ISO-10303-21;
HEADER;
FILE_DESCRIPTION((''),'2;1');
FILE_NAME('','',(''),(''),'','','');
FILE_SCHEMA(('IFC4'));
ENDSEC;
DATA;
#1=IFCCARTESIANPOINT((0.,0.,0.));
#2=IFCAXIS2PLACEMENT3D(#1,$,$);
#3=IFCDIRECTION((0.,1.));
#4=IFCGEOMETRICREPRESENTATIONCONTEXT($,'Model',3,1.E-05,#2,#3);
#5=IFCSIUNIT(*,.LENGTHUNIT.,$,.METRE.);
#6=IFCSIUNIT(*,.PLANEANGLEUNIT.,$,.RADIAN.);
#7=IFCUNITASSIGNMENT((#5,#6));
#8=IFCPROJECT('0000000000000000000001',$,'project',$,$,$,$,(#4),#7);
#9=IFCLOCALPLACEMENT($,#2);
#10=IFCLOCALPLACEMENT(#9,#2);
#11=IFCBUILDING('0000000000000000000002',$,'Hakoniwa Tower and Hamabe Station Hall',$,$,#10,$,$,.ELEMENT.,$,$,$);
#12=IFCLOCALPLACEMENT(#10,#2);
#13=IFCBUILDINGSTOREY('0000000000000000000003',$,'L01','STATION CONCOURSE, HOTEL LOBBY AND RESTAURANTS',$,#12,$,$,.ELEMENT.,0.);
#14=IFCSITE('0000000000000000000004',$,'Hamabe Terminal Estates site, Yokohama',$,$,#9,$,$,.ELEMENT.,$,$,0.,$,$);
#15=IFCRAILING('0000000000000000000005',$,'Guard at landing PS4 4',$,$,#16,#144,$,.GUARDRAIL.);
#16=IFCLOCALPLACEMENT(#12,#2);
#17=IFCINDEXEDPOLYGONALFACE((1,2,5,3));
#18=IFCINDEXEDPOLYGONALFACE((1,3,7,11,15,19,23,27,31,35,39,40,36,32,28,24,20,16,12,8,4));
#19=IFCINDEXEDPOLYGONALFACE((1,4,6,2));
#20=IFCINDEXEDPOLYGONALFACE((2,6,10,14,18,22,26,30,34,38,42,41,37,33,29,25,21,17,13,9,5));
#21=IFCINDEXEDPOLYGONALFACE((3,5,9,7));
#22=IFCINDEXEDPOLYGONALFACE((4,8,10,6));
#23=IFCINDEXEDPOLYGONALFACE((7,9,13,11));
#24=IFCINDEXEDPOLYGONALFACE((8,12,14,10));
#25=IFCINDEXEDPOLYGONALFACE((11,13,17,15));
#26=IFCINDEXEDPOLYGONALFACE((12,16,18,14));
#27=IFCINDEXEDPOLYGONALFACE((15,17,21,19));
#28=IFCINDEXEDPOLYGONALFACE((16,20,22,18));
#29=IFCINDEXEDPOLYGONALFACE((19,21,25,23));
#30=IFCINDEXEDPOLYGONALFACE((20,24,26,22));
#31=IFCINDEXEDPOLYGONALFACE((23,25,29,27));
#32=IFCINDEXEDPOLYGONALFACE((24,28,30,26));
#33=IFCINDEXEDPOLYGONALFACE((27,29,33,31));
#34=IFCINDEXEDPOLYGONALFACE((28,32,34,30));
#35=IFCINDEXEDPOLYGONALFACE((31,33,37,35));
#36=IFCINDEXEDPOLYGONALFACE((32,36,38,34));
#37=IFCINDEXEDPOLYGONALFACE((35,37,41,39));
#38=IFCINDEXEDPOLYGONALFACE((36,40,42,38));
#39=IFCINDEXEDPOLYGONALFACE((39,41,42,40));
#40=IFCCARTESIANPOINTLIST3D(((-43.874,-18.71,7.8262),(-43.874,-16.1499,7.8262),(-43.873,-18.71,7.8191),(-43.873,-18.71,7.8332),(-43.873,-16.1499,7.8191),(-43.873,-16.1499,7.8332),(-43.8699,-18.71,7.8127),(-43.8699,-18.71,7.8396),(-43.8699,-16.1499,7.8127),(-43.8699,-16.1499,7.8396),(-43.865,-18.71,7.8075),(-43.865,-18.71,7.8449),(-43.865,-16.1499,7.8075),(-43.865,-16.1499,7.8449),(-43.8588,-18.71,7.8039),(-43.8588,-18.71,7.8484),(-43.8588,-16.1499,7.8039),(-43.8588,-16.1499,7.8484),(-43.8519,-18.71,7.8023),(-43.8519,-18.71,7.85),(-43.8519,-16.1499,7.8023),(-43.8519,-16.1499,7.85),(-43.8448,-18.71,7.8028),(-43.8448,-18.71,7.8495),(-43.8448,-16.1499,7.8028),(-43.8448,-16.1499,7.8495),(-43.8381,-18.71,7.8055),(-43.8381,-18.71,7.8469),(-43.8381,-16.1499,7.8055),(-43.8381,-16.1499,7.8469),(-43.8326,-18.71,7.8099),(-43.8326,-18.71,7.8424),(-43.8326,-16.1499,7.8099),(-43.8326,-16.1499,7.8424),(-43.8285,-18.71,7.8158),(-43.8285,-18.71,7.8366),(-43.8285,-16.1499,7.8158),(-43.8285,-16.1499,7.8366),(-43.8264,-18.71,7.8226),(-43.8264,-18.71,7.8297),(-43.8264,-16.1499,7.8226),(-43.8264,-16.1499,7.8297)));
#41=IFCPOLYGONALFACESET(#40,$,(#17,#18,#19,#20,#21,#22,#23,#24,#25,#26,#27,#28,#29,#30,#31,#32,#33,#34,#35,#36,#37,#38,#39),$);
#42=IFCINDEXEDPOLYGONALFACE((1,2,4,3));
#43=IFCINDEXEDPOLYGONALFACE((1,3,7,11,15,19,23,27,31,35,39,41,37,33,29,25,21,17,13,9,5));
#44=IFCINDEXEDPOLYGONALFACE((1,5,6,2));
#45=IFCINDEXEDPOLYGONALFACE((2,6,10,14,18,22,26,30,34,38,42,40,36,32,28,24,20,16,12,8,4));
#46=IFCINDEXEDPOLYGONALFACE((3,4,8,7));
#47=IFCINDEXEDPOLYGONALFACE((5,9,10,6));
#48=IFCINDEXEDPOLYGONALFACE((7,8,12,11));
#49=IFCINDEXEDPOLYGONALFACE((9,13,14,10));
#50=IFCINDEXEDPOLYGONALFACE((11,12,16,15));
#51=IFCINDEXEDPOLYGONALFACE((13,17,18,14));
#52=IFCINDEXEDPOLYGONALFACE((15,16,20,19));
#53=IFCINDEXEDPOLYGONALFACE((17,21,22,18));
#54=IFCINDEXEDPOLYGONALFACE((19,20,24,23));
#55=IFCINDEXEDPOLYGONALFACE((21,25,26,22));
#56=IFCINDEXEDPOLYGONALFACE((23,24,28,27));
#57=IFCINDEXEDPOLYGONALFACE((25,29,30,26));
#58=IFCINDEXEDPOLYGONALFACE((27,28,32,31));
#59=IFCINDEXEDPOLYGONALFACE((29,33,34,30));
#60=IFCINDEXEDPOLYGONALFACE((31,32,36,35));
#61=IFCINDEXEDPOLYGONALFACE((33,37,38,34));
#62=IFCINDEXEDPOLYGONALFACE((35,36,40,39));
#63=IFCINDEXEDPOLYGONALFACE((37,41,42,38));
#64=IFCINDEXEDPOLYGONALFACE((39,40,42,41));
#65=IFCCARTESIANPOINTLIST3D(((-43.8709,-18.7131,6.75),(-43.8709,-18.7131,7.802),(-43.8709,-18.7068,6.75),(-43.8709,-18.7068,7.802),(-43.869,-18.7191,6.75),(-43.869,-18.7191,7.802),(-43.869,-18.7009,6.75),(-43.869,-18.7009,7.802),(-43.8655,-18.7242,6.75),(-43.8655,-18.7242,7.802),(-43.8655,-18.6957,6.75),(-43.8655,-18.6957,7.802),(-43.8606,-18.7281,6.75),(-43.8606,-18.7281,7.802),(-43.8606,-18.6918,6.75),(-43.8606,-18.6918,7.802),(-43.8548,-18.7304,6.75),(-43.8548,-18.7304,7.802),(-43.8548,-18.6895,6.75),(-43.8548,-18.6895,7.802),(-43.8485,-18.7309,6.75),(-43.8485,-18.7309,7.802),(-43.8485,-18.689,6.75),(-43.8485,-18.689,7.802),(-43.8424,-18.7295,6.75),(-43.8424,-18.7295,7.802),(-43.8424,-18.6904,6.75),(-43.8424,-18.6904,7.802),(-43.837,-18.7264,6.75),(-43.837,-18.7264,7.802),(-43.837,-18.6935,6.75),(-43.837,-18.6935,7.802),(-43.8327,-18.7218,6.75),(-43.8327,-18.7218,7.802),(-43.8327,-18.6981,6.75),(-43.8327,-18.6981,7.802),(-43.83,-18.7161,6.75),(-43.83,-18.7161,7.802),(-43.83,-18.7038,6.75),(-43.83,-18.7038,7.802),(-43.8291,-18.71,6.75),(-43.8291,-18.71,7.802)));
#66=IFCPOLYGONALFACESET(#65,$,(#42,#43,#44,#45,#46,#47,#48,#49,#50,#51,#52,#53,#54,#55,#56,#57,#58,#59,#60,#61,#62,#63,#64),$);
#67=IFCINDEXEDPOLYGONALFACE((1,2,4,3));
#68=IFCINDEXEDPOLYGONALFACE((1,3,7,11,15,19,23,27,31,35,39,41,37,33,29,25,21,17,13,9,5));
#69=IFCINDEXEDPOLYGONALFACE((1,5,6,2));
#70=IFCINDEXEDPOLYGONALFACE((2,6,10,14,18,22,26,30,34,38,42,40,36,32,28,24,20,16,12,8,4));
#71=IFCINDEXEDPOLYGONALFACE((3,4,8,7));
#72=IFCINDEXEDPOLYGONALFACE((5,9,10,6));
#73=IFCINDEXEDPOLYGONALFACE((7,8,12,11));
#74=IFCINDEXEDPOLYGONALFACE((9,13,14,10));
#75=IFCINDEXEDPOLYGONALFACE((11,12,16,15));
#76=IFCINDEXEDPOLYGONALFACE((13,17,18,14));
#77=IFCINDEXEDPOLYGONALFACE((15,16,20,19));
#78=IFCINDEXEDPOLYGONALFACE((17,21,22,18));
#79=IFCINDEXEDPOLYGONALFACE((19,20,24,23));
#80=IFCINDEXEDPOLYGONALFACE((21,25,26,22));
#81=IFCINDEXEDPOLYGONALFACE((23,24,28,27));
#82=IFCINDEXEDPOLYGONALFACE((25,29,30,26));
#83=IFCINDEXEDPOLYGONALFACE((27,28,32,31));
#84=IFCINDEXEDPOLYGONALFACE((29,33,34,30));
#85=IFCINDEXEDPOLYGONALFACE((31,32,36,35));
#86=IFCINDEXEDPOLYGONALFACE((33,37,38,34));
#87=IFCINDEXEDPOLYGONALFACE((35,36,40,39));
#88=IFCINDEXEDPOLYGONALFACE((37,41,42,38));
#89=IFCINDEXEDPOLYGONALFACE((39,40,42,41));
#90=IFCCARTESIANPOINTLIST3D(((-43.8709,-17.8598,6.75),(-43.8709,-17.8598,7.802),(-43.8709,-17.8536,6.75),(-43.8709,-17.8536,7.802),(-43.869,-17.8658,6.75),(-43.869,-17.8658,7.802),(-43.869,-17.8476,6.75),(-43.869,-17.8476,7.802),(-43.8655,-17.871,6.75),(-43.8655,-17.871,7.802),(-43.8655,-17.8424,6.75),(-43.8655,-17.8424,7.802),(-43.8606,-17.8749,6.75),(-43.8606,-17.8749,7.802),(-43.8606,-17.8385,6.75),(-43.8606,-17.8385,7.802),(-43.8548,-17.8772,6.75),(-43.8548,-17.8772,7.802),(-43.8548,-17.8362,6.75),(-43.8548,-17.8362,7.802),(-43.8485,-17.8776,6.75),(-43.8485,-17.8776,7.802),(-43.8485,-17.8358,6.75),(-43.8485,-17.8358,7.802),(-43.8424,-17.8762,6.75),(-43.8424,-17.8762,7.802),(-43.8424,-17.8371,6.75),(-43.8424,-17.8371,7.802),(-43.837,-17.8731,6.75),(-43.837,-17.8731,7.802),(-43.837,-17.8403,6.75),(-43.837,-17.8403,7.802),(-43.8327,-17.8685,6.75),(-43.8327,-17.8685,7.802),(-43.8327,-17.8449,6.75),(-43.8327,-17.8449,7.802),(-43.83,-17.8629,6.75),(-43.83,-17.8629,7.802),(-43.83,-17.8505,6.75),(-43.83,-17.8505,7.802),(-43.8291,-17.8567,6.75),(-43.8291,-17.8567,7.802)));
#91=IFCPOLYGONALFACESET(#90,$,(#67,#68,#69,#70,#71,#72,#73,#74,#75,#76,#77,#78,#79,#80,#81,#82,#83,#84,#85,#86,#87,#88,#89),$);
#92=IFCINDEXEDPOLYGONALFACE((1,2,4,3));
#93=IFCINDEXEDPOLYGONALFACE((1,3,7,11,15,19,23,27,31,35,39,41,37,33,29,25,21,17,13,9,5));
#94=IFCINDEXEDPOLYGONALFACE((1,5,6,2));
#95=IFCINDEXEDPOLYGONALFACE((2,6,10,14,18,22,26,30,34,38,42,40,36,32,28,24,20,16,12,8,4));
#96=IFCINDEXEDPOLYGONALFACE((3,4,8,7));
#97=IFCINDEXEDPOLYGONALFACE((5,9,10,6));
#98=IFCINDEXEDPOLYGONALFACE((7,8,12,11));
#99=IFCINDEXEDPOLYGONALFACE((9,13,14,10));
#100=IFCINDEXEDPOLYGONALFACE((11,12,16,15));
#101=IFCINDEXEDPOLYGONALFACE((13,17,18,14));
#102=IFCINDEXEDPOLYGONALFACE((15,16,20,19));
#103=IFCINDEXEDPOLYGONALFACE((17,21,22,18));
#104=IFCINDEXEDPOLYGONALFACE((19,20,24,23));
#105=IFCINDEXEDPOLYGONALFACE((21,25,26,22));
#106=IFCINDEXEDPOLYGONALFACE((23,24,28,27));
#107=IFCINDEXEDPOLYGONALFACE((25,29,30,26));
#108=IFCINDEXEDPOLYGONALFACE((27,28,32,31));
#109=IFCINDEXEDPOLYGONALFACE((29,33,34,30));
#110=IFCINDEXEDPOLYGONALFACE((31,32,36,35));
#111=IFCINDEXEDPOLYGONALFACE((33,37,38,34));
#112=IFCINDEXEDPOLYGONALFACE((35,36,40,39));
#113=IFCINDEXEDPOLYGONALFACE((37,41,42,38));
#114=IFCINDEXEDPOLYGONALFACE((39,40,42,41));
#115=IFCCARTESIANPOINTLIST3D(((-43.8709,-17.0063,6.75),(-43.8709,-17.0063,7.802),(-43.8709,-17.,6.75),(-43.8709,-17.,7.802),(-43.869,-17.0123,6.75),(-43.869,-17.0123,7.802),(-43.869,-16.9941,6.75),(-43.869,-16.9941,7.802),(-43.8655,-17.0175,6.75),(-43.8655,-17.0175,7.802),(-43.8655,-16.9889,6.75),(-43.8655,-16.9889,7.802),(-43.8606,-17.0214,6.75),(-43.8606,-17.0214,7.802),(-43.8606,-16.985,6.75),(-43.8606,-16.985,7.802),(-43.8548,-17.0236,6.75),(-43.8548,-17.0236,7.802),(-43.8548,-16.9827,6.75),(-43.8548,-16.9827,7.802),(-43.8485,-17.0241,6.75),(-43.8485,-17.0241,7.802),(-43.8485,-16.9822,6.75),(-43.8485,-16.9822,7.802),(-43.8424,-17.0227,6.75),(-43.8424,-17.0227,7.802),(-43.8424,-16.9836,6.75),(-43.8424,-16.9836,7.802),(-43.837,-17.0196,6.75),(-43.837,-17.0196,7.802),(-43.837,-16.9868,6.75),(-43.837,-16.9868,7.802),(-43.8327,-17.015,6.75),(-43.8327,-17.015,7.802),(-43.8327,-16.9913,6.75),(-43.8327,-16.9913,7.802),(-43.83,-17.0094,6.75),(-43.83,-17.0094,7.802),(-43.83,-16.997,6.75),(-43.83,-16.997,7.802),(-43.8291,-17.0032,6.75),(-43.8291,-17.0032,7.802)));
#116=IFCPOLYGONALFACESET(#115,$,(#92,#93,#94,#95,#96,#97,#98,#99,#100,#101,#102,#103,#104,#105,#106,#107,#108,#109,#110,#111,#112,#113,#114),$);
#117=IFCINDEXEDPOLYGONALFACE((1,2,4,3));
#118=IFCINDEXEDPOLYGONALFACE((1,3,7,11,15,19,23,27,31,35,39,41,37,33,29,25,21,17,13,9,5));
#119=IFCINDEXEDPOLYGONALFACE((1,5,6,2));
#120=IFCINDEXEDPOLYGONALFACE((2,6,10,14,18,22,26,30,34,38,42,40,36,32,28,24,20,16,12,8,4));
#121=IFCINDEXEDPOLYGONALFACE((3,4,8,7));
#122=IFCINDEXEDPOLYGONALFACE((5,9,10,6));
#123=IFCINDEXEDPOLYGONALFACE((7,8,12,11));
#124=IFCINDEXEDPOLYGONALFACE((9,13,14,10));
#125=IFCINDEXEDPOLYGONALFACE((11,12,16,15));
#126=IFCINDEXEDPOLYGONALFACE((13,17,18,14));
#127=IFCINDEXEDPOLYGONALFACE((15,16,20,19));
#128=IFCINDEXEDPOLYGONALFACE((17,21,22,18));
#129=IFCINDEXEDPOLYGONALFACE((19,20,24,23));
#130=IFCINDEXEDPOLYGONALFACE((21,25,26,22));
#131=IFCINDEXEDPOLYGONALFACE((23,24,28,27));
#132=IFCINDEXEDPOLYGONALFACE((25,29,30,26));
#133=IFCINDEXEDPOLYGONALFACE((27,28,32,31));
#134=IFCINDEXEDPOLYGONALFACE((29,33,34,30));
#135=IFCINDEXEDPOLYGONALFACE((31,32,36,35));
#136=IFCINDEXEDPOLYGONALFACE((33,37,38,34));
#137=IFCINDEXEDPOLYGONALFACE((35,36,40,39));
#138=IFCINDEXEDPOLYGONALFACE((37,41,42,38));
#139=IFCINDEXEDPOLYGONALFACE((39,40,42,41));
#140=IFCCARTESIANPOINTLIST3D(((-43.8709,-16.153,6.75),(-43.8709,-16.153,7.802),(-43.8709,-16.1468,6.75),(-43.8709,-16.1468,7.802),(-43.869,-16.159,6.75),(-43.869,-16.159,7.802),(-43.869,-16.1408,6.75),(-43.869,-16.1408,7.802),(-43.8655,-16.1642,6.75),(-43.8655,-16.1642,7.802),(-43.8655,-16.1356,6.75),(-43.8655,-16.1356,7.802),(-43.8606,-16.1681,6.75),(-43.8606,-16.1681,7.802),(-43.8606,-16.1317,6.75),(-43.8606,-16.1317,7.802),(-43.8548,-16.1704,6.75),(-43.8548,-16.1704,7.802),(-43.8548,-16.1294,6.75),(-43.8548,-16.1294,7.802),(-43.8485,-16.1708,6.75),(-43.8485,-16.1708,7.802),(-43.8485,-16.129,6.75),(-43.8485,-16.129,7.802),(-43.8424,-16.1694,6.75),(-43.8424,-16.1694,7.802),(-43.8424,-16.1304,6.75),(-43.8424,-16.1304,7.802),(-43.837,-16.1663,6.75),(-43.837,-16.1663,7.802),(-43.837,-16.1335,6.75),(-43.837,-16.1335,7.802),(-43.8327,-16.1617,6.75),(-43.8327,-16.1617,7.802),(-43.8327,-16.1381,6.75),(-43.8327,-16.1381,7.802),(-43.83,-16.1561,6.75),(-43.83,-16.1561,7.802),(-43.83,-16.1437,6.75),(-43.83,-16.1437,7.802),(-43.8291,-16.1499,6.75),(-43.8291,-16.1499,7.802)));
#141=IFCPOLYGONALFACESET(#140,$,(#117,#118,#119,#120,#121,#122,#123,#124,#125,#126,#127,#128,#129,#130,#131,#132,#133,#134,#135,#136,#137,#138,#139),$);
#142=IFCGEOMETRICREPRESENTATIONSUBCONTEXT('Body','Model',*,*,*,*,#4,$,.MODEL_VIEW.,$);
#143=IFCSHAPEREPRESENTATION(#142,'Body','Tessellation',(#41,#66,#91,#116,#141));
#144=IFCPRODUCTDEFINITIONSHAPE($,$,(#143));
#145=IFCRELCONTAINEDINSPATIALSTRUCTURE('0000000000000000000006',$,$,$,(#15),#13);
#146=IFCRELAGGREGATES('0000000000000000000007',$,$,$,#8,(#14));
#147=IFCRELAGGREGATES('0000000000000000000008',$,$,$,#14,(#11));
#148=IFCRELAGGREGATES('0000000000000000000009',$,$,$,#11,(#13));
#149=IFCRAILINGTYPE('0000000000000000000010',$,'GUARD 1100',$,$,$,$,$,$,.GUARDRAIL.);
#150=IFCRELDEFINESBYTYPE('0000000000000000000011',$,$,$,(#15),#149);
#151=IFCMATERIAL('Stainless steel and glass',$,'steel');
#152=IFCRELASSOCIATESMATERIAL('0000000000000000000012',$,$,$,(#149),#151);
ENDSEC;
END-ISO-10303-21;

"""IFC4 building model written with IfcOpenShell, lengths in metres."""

from ifc_helpers import new_model, si_unit, direction, frame, origin, origin_2d, place, context, subcontext, project, spatial, circle, extrude, material, type_object, element, save


model = new_model("IFC4")

# Units and contexts
model_context = context("Model", 3, precision=1e-05, world=origin(), true_north=direction((0.0, 1.0)))
body_context = subcontext(model_context, "Body", "Model", "MODEL_VIEW")
ifc_project = project(units=[si_unit("LENGTHUNIT", "METRE"), si_unit("PLANEANGLEUNIT", "RADIAN")], contexts=[model_context])

# Site, building, storey
site_placement = place(None, origin())
site = spatial("IfcSite", under=ifc_project, at=site_placement, Name="Hamabe Terminal Estates site, Yokohama", CompositionType="ELEMENT", RefElevation=0.0)
building_placement = place(site_placement, origin())
building = spatial("IfcBuilding", under=site, at=building_placement, Name="Hakoniwa Tower and Hamabe Station Hall", CompositionType="ELEMENT")
storey_placement = place(building_placement, origin())
storey = spatial("IfcBuildingStorey", under=building, at=storey_placement, Name="L01", Description="STATION CONCOURSE, HOTEL LOBBY AND RESTAURANTS", CompositionType="ELEMENT", Elevation=0.0)

# Railing
ifc_material_1 = material(Name="Stainless steel and glass", Category="steel")
railing_type_1 = type_object("IfcRailingType", Name="GUARD 1100", PredefinedType="GUARDRAIL", material=ifc_material_1)
railing_1_placement = place(storey_placement, frame((-43.8501, -18.71, 6.75)))
element("IfcRailing", 1, at=railing_1_placement, inside=storey, type_object=railing_type_1, Name="Guard at landing PS4 4", PredefinedType="GUARDRAIL", context=body_context, shape_type="SweptSolid", body=[
    extrude(circle(Radius=0.0239, at=origin_2d()), frame((0.0, 0.0, 1.0762), z_axis=(0.0, 1.0, 0.0), x_axis=(-1.0, 0.0, 0.0)), (0.0, 0.0, 1.0), 2.5601),
    extrude(circle(Radius=0.021, at=origin_2d()), origin(), (0.0, 0.0, 1.0), 1.052),
    extrude(circle(Radius=0.021, at=origin_2d()), frame((0.0, 0.8533, 0.0)), (0.0, 0.0, 1.0), 1.052),
    extrude(circle(Radius=0.021, at=origin_2d()), frame((0.0, 1.7068, 0.0)), (0.0, 0.0, 1.0), 1.052),
    extrude(circle(Radius=0.021, at=origin_2d()), frame((0.0, 2.5601, 0.0)), (0.0, 0.0, 1.0), 1.052),
])

save(model, "model.ifc")
